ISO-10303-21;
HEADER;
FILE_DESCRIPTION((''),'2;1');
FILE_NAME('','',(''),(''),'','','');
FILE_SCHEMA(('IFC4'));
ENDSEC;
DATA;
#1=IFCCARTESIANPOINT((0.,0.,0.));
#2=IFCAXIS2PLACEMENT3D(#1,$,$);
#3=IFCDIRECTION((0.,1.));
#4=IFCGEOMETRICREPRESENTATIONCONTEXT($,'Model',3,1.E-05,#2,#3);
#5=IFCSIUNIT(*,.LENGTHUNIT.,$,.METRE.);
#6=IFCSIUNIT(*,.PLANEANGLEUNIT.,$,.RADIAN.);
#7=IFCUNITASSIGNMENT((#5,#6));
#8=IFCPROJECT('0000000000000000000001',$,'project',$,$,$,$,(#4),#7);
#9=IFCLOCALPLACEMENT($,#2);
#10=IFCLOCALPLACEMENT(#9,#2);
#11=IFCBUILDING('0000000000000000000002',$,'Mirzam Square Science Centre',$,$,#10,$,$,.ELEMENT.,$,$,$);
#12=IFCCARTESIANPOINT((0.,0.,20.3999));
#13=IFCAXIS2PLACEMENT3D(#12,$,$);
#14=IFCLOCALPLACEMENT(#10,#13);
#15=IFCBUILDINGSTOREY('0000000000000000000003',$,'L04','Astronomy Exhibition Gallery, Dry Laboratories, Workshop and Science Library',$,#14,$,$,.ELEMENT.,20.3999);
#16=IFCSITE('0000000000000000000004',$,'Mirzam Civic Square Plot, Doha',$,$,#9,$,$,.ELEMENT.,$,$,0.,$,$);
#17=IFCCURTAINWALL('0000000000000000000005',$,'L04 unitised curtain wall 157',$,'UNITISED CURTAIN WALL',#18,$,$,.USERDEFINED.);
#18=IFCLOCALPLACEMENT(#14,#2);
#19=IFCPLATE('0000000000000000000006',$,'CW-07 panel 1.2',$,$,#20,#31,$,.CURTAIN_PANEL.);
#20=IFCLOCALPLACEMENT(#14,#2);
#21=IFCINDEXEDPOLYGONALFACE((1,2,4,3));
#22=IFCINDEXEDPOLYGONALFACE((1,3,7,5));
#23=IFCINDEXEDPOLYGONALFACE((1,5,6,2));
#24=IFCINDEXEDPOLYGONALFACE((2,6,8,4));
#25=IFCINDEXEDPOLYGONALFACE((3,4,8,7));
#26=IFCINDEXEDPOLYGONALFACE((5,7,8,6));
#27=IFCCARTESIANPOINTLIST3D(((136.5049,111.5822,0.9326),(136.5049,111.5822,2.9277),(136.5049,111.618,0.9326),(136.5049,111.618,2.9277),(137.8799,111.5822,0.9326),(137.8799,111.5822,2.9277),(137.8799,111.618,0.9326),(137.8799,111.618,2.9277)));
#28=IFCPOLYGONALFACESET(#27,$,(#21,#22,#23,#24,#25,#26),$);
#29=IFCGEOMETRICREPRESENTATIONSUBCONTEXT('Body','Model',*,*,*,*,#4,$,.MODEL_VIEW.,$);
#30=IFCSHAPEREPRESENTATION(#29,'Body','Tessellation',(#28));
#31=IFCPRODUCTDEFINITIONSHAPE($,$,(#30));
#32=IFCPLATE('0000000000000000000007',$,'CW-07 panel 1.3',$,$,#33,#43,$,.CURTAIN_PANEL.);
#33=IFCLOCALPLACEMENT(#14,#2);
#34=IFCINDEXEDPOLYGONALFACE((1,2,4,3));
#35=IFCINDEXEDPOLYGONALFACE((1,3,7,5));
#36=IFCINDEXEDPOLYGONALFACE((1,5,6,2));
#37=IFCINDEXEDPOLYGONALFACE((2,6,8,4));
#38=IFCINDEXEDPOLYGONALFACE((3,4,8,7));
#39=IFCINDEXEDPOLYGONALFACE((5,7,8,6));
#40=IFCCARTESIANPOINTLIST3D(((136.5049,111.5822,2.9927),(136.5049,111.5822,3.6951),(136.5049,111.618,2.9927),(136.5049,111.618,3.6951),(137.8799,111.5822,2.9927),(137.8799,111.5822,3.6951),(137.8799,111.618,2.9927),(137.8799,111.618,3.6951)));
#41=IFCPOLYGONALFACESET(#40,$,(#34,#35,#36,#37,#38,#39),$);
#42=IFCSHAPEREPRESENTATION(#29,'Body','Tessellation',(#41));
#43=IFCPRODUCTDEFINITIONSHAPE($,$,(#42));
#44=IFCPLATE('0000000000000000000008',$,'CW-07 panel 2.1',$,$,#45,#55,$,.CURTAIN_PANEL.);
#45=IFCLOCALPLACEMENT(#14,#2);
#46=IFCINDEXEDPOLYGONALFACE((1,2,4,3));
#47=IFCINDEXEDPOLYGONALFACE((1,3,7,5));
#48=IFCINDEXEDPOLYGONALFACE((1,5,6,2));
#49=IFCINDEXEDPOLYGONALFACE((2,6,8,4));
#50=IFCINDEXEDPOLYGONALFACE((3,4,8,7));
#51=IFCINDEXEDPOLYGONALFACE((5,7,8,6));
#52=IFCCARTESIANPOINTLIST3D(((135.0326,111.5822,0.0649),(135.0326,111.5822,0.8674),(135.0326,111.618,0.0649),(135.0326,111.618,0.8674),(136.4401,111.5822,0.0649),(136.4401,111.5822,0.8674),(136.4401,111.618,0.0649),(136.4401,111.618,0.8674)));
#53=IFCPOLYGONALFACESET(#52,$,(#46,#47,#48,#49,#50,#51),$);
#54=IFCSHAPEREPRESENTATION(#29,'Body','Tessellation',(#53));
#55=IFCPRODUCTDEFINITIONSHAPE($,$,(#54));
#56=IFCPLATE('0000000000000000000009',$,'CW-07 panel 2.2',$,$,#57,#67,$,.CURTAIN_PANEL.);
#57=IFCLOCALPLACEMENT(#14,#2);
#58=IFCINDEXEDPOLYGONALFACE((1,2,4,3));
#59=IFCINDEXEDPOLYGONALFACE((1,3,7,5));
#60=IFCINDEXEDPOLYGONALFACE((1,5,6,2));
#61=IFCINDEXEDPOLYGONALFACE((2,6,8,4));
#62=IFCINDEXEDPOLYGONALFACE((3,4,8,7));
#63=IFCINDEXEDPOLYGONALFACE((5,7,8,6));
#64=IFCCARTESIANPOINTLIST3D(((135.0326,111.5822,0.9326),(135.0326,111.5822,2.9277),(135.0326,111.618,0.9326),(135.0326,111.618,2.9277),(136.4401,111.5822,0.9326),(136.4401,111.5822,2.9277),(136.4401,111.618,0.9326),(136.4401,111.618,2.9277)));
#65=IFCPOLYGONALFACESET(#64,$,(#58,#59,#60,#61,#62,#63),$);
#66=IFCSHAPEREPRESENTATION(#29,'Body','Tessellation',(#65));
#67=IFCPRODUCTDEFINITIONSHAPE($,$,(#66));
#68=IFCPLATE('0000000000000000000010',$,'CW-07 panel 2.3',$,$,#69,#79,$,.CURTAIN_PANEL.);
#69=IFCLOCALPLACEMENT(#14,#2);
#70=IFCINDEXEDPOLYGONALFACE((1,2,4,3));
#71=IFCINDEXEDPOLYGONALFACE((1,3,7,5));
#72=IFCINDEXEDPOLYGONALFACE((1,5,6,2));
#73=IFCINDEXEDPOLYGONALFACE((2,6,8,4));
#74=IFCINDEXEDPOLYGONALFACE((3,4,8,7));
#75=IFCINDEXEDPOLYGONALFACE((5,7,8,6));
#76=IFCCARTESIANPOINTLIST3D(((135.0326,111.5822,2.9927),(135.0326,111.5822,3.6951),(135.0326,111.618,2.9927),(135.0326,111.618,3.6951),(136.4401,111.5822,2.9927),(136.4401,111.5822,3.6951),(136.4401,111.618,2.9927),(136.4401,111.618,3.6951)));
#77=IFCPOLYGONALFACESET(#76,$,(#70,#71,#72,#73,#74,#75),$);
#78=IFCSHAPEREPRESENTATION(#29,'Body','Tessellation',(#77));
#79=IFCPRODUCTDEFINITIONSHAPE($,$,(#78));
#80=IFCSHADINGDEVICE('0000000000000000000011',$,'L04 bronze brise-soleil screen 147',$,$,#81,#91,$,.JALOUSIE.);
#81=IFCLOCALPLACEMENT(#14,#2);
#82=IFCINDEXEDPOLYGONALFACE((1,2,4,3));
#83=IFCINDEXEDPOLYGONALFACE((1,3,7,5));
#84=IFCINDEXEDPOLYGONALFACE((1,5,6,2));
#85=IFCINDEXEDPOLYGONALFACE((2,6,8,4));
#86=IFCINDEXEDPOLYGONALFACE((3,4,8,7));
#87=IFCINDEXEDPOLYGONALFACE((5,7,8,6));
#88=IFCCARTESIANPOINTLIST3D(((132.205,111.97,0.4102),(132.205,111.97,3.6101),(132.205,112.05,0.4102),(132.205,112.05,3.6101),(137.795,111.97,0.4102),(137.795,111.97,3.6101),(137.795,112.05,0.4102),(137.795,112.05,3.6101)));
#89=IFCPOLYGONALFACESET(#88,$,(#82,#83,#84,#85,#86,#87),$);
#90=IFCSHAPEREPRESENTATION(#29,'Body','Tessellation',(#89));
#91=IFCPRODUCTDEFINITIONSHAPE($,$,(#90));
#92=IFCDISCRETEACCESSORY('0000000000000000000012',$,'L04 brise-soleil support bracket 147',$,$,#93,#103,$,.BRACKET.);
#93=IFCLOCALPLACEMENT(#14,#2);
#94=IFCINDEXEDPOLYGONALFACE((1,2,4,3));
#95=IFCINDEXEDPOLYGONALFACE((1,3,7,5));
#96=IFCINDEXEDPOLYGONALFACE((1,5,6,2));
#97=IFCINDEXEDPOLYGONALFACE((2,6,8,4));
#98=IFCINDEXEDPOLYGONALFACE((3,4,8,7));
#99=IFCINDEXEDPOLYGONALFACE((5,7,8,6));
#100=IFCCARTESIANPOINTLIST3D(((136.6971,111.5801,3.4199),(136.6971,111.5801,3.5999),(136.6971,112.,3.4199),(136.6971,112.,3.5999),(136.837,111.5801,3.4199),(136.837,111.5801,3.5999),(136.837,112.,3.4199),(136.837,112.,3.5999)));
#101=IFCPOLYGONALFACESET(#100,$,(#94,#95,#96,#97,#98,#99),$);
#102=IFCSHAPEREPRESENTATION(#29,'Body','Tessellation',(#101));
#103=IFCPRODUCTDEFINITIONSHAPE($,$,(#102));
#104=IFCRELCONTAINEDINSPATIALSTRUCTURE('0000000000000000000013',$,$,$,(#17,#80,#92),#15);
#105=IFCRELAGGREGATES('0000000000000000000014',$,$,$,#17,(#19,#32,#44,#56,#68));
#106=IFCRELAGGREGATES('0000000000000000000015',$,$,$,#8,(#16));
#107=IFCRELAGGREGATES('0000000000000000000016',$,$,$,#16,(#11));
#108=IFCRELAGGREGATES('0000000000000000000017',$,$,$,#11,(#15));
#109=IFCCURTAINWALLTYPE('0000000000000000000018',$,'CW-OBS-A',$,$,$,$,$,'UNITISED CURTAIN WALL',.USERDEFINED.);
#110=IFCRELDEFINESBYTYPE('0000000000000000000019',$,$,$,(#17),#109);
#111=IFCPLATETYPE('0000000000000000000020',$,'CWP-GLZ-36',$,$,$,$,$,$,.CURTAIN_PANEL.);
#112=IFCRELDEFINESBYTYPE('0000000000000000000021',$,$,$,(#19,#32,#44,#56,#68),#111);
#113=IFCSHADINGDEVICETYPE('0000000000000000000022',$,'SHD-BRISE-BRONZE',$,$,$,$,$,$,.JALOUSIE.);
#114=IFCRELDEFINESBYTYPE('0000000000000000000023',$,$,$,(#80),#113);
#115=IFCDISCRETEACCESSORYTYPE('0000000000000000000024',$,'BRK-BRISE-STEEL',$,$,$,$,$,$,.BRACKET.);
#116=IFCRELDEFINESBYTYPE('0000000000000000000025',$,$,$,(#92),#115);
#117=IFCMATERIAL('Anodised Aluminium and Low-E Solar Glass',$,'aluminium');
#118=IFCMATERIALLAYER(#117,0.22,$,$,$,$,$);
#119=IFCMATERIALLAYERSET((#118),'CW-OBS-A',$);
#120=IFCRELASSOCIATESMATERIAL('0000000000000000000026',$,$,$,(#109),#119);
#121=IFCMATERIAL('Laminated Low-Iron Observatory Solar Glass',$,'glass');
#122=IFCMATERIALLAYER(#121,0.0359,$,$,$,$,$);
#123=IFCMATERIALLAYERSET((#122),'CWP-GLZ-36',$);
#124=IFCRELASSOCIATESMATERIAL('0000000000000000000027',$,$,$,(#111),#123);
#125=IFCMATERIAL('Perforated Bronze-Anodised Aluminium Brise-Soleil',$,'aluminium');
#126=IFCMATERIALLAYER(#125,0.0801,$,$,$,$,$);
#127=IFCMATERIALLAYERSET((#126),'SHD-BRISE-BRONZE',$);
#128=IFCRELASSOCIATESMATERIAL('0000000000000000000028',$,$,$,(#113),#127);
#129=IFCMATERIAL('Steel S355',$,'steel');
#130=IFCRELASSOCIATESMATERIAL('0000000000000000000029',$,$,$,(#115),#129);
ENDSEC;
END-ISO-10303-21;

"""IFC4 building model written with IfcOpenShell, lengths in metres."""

from ifc_helpers import new_model, si_unit, direction, frame, origin, origin_2d, place, context, subcontext, project, spatial, rectangle, extrude, material, layer, layer_set, type_object, element, aggregate, save


model = new_model("IFC4")

# Units and contexts
model_context = context("Model", 3, precision=1e-05, world=origin(), true_north=direction((0.0, 1.0)))
body_context = subcontext(model_context, "Body", "Model", "MODEL_VIEW")
ifc_project = project(units=[si_unit("LENGTHUNIT", "METRE"), si_unit("PLANEANGLEUNIT", "RADIAN")], contexts=[model_context])

# Site, building, storey
site_placement = place(None, origin())
site = spatial("IfcSite", under=ifc_project, at=site_placement, Name="Mirzam Civic Square Plot, Doha", CompositionType="ELEMENT", RefElevation=0.0)
building_placement = place(site_placement, origin())
building = spatial("IfcBuilding", under=site, at=building_placement, Name="Mirzam Square Science Centre", CompositionType="ELEMENT")
storey_placement = place(building_placement, frame((0.0, 0.0, 20.3999)))
storey = spatial("IfcBuildingStorey", under=building, at=storey_placement, Name="L04", Description="Astronomy Exhibition Gallery, Dry Laboratories, Workshop and Science Library", CompositionType="ELEMENT", Elevation=20.3999)

# Curtain wall, plates
ifc_material_1 = material(Name="Anodised Aluminium and Low-E Solar Glass", Category="aluminium")
ifc_layer_1 = layer(ifc_material_1, 0.22)
ifc_layer_set_1 = layer_set([ifc_layer_1], Name="CW-OBS-A")
curtain_wall_type = type_object("IfcCurtainWallType", Name="CW-OBS-A", ElementType="UNITISED CURTAIN WALL", PredefinedType="USERDEFINED", material=ifc_layer_set_1)
curtain_wall_placement = place(storey_placement, origin())
curtain_wall = element("IfcCurtainWall", 1, at=curtain_wall_placement, inside=storey, type_object=curtain_wall_type, Name="L04 unitised curtain wall 157", ObjectType="UNITISED CURTAIN WALL", PredefinedType="USERDEFINED")
ifc_material_2 = material(Name="Laminated Low-Iron Observatory Solar Glass", Category="glass")
ifc_layer_2 = layer(ifc_material_2, 0.0359)
ifc_layer_set_2 = layer_set([ifc_layer_2], Name="CWP-GLZ-36")
plate_type = type_object("IfcPlateType", Name="CWP-GLZ-36", PredefinedType="CURTAIN_PANEL", material=ifc_layer_set_2)
plate_1_placement = place(storey_placement, frame((137.1924, 111.6001, 0.9326), z_axis=(0.0, 0.0, 1.0), x_axis=(-1.0, 0.0, 0.0)))
plate_1 = element("IfcPlate", 2, at=plate_1_placement, type_object=plate_type, Name="CW-07 panel 1.2", PredefinedType="CURTAIN_PANEL", context=body_context, shape_type="SweptSolid", body=[
    extrude(rectangle(XDim=1.375, YDim=0.0359, at=origin_2d()), origin(), (0.0, 0.0, 1.0), 1.9951),
])
plate_2_placement = place(storey_placement, frame((137.1924, 111.6001, 2.9927), z_axis=(0.0, 0.0, 1.0), x_axis=(-1.0, 0.0, 0.0)))
plate_2 = element("IfcPlate", 3, at=plate_2_placement, type_object=plate_type, Name="CW-07 panel 1.3", PredefinedType="CURTAIN_PANEL", context=body_context, shape_type="SweptSolid", body=[
    extrude(rectangle(XDim=1.375, YDim=0.0359, at=origin_2d()), origin(), (0.0, 0.0, 1.0), 0.7024),
])
plate_3_placement = place(storey_placement, frame((135.7363, 111.6001, 0.0649), z_axis=(0.0, 0.0, 1.0), x_axis=(-1.0, 0.0, 0.0)))
plate_3 = element("IfcPlate", 4, at=plate_3_placement, type_object=plate_type, Name="CW-07 panel 2.1", PredefinedType="CURTAIN_PANEL", context=body_context, shape_type="SweptSolid", body=[
    extrude(rectangle(XDim=1.4075, YDim=0.0359, at=origin_2d()), origin(), (0.0, 0.0, 1.0), 0.8025),
])
plate_4_placement = place(storey_placement, frame((135.7363, 111.6001, 0.9326), z_axis=(0.0, 0.0, 1.0), x_axis=(-1.0, 0.0, 0.0)))
plate_4 = element("IfcPlate", 5, at=plate_4_placement, type_object=plate_type, Name="CW-07 panel 2.2", PredefinedType="CURTAIN_PANEL", context=body_context, shape_type="SweptSolid", body=[
    extrude(rectangle(XDim=1.4075, YDim=0.0359, at=origin_2d()), origin(), (0.0, 0.0, 1.0), 1.9951),
])
plate_5_placement = place(storey_placement, frame((135.7363, 111.6001, 2.9927), z_axis=(0.0, 0.0, 1.0), x_axis=(-1.0, 0.0, 0.0)))
plate_5 = element("IfcPlate", 6, at=plate_5_placement, type_object=plate_type, Name="CW-07 panel 2.3", PredefinedType="CURTAIN_PANEL", context=body_context, shape_type="SweptSolid", body=[
    extrude(rectangle(XDim=1.4075, YDim=0.0359, at=origin_2d()), origin(), (0.0, 0.0, 1.0), 0.7024),
])
aggregate(curtain_wall, [plate_1, plate_2, plate_3, plate_4, plate_5])

# Shading device
ifc_material_3 = material(Name="Perforated Bronze-Anodised Aluminium Brise-Soleil", Category="aluminium")
ifc_layer_3 = layer(ifc_material_3, 0.0801)
ifc_layer_set_3 = layer_set([ifc_layer_3], Name="SHD-BRISE-BRONZE")
shading_device_type = type_object("IfcShadingDeviceType", Name="SHD-BRISE-BRONZE", PredefinedType="JALOUSIE", material=ifc_layer_set_3)
shading_device_placement = place(storey_placement, frame((135.0, 112.01, 0.4102), z_axis=(0.0, 0.0, 1.0), x_axis=(-1.0, 0.0, 0.0)))
element("IfcShadingDevice", 7, at=shading_device_placement, inside=storey, type_object=shading_device_type, Name="L04 bronze brise-soleil screen 147", PredefinedType="JALOUSIE", context=body_context, shape_type="SweptSolid", body=[
    extrude(rectangle(XDim=5.5901, YDim=0.0801, at=origin_2d()), origin(), (0.0, 0.0, 1.0), 3.2),
])

# Discrete accessory
ifc_material_4 = material(Name="Steel S355", Category="steel")
discrete_accessory_type = type_object("IfcDiscreteAccessoryType", Name="BRK-BRISE-STEEL", PredefinedType="BRACKET", material=ifc_material_4)
discrete_accessory_placement = place(storey_placement, frame((136.7671, 111.79, 3.4199), z_axis=(0.0, 0.0, 1.0), x_axis=(-1.0, 0.0, 0.0)))
element("IfcDiscreteAccessory", 8, at=discrete_accessory_placement, inside=storey, type_object=discrete_accessory_type, Name="L04 brise-soleil support bracket 147", PredefinedType="BRACKET", context=body_context, shape_type="SweptSolid", body=[
    extrude(rectangle(XDim=0.1399, YDim=0.4199, at=origin_2d()), origin(), (0.0, 0.0, 1.0), 0.1799),
])

save(model, "model.ifc")
